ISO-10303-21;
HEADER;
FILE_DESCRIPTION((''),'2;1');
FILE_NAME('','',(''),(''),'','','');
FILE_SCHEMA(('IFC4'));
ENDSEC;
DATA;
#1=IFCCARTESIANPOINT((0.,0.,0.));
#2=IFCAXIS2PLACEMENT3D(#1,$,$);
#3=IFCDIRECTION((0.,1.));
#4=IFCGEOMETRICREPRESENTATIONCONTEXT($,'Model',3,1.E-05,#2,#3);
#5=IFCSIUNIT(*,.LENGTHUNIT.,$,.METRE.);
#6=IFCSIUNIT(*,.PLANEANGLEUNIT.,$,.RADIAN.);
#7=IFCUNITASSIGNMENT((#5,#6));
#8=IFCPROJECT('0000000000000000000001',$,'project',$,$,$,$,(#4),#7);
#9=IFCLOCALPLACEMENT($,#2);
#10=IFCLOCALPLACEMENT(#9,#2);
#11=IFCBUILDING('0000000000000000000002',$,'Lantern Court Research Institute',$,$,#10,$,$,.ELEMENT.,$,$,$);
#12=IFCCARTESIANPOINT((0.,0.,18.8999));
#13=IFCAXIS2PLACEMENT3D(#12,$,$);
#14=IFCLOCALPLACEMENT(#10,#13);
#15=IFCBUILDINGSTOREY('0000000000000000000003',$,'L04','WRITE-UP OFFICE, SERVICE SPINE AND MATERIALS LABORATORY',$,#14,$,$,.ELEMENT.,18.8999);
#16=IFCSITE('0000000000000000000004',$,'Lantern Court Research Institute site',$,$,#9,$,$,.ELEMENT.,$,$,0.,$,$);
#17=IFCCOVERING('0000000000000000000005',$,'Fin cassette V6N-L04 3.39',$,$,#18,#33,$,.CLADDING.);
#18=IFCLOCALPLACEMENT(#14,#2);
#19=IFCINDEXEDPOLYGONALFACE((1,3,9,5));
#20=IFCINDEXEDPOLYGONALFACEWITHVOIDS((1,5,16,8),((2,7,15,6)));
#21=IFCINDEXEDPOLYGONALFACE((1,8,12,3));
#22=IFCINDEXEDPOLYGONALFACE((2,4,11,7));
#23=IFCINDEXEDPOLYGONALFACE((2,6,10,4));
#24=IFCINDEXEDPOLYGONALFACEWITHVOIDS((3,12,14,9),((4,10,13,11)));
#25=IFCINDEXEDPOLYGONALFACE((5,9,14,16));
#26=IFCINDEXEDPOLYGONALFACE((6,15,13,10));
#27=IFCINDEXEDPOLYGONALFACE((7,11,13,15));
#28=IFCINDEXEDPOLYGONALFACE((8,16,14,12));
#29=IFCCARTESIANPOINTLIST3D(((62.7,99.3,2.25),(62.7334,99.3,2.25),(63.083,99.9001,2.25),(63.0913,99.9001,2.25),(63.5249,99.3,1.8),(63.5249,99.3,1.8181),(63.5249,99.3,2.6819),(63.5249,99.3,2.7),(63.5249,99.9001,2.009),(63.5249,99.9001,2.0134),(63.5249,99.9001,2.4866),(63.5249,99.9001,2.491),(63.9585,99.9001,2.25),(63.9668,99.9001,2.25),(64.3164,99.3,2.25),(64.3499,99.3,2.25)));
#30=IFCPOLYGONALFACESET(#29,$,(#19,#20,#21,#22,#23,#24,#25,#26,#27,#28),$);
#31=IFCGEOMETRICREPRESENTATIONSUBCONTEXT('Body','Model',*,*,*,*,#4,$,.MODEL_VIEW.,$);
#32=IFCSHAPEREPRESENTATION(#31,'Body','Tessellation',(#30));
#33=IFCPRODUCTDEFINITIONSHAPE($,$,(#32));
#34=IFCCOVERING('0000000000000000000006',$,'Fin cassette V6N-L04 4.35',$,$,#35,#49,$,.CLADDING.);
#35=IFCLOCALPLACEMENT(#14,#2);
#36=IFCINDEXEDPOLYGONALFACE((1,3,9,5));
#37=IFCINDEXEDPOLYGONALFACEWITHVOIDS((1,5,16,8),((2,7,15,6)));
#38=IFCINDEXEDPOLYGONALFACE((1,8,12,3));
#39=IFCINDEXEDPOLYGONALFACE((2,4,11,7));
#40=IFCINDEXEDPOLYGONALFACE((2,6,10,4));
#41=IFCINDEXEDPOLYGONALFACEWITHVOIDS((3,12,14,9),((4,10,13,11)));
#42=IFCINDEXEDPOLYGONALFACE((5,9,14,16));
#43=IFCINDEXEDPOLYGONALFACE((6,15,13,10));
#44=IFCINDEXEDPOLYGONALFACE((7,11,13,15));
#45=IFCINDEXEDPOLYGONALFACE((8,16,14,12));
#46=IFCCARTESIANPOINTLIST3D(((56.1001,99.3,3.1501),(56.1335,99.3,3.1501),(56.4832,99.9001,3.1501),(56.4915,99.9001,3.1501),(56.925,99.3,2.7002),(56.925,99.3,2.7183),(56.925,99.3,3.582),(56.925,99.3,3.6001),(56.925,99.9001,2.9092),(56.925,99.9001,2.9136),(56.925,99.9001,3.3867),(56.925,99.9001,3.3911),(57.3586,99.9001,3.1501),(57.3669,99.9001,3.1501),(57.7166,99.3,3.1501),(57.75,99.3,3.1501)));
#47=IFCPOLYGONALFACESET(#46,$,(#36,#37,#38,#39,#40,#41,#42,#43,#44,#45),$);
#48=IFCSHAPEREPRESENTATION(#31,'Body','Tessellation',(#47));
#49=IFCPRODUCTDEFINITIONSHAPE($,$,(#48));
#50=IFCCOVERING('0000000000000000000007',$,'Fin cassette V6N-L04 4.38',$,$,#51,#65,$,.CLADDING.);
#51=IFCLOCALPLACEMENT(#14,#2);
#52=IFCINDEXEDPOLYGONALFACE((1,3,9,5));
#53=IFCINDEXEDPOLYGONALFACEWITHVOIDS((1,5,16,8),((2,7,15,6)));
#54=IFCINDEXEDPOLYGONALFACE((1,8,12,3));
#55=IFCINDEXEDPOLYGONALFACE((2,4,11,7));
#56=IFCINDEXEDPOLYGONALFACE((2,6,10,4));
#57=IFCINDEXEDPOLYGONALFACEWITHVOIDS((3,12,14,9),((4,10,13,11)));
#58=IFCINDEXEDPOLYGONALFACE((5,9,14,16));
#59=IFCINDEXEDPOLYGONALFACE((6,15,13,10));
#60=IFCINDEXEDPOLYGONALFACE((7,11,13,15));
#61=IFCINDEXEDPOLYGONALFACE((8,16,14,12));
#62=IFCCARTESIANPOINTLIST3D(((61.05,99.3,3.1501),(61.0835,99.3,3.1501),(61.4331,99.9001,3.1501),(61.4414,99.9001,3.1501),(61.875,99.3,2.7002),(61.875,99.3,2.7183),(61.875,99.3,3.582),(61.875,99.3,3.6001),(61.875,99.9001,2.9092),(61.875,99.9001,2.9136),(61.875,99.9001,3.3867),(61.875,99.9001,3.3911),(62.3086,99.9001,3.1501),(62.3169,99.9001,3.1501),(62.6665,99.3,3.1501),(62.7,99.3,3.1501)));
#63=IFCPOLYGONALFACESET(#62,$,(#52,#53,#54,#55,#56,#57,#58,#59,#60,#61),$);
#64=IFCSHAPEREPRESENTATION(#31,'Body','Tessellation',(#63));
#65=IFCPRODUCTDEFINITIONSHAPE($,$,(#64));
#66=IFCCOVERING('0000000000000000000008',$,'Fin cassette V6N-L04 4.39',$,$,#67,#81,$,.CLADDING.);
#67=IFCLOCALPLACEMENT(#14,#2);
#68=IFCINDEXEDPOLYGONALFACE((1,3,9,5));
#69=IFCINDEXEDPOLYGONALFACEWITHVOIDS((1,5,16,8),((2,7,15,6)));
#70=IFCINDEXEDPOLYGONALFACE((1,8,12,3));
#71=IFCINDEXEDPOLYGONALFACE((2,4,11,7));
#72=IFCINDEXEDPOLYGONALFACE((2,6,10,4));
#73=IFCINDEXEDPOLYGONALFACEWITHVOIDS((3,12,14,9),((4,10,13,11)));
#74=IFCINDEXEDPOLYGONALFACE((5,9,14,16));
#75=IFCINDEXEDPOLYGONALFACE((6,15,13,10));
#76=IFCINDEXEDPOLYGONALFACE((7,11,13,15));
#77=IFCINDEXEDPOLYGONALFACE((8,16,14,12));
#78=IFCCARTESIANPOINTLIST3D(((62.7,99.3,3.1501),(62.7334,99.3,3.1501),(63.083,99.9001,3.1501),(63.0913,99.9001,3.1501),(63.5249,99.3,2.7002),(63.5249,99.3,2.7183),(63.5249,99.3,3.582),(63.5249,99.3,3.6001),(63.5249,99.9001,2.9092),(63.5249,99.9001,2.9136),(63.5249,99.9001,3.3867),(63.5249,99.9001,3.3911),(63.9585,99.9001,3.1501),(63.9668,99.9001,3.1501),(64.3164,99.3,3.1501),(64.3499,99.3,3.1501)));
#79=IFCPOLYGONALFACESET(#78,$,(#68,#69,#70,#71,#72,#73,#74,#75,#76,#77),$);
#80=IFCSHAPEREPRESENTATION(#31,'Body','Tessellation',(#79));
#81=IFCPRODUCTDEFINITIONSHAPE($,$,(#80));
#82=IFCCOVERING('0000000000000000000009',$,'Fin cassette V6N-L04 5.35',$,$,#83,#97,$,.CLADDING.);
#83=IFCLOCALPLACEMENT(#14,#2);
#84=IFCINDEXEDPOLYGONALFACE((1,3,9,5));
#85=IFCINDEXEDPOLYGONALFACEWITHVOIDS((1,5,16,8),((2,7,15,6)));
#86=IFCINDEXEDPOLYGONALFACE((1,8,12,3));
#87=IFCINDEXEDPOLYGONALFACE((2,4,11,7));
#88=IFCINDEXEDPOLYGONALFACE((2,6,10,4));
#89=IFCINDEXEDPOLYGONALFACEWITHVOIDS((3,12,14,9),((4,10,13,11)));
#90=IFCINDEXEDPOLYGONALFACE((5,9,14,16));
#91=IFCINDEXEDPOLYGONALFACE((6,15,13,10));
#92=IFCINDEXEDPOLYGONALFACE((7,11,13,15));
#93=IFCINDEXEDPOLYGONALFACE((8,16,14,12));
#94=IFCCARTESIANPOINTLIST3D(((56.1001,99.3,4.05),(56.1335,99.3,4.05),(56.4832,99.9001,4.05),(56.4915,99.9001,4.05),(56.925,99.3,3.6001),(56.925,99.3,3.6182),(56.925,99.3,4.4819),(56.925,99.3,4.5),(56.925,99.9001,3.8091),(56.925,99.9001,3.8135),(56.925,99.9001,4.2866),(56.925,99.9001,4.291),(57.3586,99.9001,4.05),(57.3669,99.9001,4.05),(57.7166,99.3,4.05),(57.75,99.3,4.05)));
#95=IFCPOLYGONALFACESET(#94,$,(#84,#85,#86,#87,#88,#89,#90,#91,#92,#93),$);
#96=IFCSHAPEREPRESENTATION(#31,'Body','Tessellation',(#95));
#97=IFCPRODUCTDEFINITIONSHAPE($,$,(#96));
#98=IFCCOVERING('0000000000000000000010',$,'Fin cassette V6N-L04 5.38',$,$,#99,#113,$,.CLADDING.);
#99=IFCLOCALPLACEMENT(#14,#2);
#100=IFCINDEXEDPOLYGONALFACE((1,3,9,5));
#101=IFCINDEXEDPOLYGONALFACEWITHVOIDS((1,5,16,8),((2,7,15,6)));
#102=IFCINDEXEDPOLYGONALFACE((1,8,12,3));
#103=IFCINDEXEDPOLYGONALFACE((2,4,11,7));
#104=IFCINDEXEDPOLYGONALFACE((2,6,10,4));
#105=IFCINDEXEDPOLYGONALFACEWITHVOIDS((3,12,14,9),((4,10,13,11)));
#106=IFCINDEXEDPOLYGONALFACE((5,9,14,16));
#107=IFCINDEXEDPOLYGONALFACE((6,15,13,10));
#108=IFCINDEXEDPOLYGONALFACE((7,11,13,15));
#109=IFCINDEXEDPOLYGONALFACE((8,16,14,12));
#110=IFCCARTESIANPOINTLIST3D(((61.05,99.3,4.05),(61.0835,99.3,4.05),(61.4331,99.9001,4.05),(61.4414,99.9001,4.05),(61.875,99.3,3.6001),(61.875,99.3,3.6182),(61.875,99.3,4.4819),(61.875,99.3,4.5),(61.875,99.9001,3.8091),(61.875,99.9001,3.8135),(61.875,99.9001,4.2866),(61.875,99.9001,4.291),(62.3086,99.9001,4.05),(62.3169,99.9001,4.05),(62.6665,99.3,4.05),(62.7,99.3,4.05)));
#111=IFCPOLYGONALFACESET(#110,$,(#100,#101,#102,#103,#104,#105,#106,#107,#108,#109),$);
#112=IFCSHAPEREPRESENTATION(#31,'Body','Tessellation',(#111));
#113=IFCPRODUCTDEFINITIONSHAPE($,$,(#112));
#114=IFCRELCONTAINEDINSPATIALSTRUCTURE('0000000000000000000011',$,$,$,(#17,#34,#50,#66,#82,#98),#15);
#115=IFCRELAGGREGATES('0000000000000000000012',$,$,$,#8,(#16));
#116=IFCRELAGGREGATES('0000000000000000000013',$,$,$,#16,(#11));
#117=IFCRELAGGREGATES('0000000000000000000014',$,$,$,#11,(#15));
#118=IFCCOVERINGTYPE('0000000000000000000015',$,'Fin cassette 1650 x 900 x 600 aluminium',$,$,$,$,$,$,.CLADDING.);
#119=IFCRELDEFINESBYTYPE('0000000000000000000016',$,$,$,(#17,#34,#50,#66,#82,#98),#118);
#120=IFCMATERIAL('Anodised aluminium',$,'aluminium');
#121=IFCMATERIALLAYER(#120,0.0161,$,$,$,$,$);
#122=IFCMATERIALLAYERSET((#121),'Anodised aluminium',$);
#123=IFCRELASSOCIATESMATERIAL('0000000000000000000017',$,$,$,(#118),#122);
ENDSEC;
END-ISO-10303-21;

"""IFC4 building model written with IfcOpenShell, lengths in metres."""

from ifc_helpers import new_model, entity, si_unit, direction, frame, origin, place, context, subcontext, project, spatial, material, layer, layer_set, type_object, element, save


model = new_model("IFC4")

# Units and contexts
model_context = context("Model", 3, precision=1e-05, world=origin(), true_north=direction((0.0, 1.0)))
body_context = subcontext(model_context, "Body", "Model", "MODEL_VIEW")
ifc_project = project(units=[si_unit("LENGTHUNIT", "METRE"), si_unit("PLANEANGLEUNIT", "RADIAN")], contexts=[model_context])

# Site, building, storey
site_placement = place(None, origin())
site = spatial("IfcSite", under=ifc_project, at=site_placement, Name="Lantern Court Research Institute site", CompositionType="ELEMENT", RefElevation=0.0)
building_placement = place(site_placement, origin())
building = spatial("IfcBuilding", under=site, at=building_placement, Name="Lantern Court Research Institute", CompositionType="ELEMENT")
storey_placement = place(building_placement, frame((0.0, 0.0, 18.8999)))
storey = spatial("IfcBuildingStorey", under=building, at=storey_placement, Name="L04", Description="WRITE-UP OFFICE, SERVICE SPINE AND MATERIALS LABORATORY", CompositionType="ELEMENT", Elevation=18.8999)

# Coverings
ifc_material_1 = material(Name="Anodised aluminium", Category="aluminium")
ifc_layer_1 = layer(ifc_material_1, 0.0161)
ifc_layer_set_1 = layer_set([ifc_layer_1], Name="Anodised aluminium")
covering_type_1 = type_object("IfcCoveringType", Name="Fin cassette 1650 x 900 x 600 aluminium", PredefinedType="CLADDING", material=ifc_layer_set_1)
covering_1_placement = place(storey_placement, frame((63.5249, 99.3, 2.25), z_axis=(0.0, 1.0, 0.0), x_axis=(-1.0, 0.0, 0.0)))
cartesian_point_1 = entity("IfcCartesianPoint", [0.825, 0.0])
cartesian_point_2 = entity("IfcCartesianPoint", [0.7915, 0.0])
cartesian_point_3 = entity("IfcCartesianPoint", [0.4419, 0.0])
cartesian_point_4 = entity("IfcCartesianPoint", [0.4336, 0.0])
element("IfcCovering", 1, at=covering_1_placement, inside=storey, type_object=covering_type_1, Name="Fin cassette V6N-L04 3.39", PredefinedType="CLADDING", context=body_context, shape_type="SweptSolid", body=[
    entity("IfcExtrudedAreaSolidTapered", entity("IfcArbitraryProfileDefWithVoids", "AREA", None, entity("IfcPolyline", [cartesian_point_1, entity("IfcCartesianPoint", [0.0, 0.45]), entity("IfcCartesianPoint", [-0.825, 0.0]), entity("IfcCartesianPoint", [0.0, -0.45]), cartesian_point_1]), [entity("IfcPolyline", [cartesian_point_2, entity("IfcCartesianPoint", [0.0, 0.4319]), entity("IfcCartesianPoint", [-0.7915, 0.0]), entity("IfcCartesianPoint", [0.0, -0.4319]), cartesian_point_2])]), entity("IfcAxis2Placement3D", entity("IfcCartesianPoint", [0.0, 0.0, 0.0])), entity("IfcDirection", [0.0, 0.0, 1.0]), 0.6001, entity("IfcArbitraryProfileDefWithVoids", "AREA", None, entity("IfcPolyline", [cartesian_point_3, entity("IfcCartesianPoint", [0.0, 0.241]), entity("IfcCartesianPoint", [-0.4419, 0.0]), entity("IfcCartesianPoint", [0.0, -0.241]), cartesian_point_3]), [entity("IfcPolyline", [cartesian_point_4, entity("IfcCartesianPoint", [0.0, 0.2366]), entity("IfcCartesianPoint", [-0.4336, 0.0]), entity("IfcCartesianPoint", [0.0, -0.2366]), cartesian_point_4])])),
])
covering_2_placement = place(storey_placement, frame((56.925, 99.3, 3.1501), z_axis=(0.0, 1.0, 0.0), x_axis=(-1.0, 0.0, 0.0)))
cartesian_point_5 = entity("IfcCartesianPoint", [0.825, 0.0])
cartesian_point_6 = entity("IfcCartesianPoint", [0.7915, 0.0])
cartesian_point_7 = entity("IfcCartesianPoint", [0.4419, 0.0])
cartesian_point_8 = entity("IfcCartesianPoint", [0.4336, 0.0])
element("IfcCovering", 2, at=covering_2_placement, inside=storey, type_object=covering_type_1, Name="Fin cassette V6N-L04 4.35", PredefinedType="CLADDING", context=body_context, shape_type="SweptSolid", body=[
    entity("IfcExtrudedAreaSolidTapered", entity("IfcArbitraryProfileDefWithVoids", "AREA", None, entity("IfcPolyline", [cartesian_point_5, entity("IfcCartesianPoint", [0.0, 0.45]), entity("IfcCartesianPoint", [-0.825, 0.0]), entity("IfcCartesianPoint", [0.0, -0.45]), cartesian_point_5]), [entity("IfcPolyline", [cartesian_point_6, entity("IfcCartesianPoint", [0.0, 0.4319]), entity("IfcCartesianPoint", [-0.7915, 0.0]), entity("IfcCartesianPoint", [0.0, -0.4319]), cartesian_point_6])]), entity("IfcAxis2Placement3D", entity("IfcCartesianPoint", [0.0, 0.0, 0.0])), entity("IfcDirection", [0.0, 0.0, 1.0]), 0.6001, entity("IfcArbitraryProfileDefWithVoids", "AREA", None, entity("IfcPolyline", [cartesian_point_7, entity("IfcCartesianPoint", [0.0, 0.241]), entity("IfcCartesianPoint", [-0.4419, 0.0]), entity("IfcCartesianPoint", [0.0, -0.241]), cartesian_point_7]), [entity("IfcPolyline", [cartesian_point_8, entity("IfcCartesianPoint", [0.0, 0.2366]), entity("IfcCartesianPoint", [-0.4336, 0.0]), entity("IfcCartesianPoint", [0.0, -0.2366]), cartesian_point_8])])),
])
covering_3_placement = place(storey_placement, frame((61.875, 99.3, 3.1501), z_axis=(0.0, 1.0, 0.0), x_axis=(-1.0, 0.0, 0.0)))
cartesian_point_9 = entity("IfcCartesianPoint", [0.825, 0.0])
cartesian_point_10 = entity("IfcCartesianPoint", [0.7915, 0.0])
cartesian_point_11 = entity("IfcCartesianPoint", [0.4419, 0.0])
cartesian_point_12 = entity("IfcCartesianPoint", [0.4336, 0.0])
element("IfcCovering", 3, at=covering_3_placement, inside=storey, type_object=covering_type_1, Name="Fin cassette V6N-L04 4.38", PredefinedType="CLADDING", context=body_context, shape_type="SweptSolid", body=[
    entity("IfcExtrudedAreaSolidTapered", entity("IfcArbitraryProfileDefWithVoids", "AREA", None, entity("IfcPolyline", [cartesian_point_9, entity("IfcCartesianPoint", [0.0, 0.45]), entity("IfcCartesianPoint", [-0.825, 0.0]), entity("IfcCartesianPoint", [0.0, -0.45]), cartesian_point_9]), [entity("IfcPolyline", [cartesian_point_10, entity("IfcCartesianPoint", [0.0, 0.4319]), entity("IfcCartesianPoint", [-0.7915, 0.0]), entity("IfcCartesianPoint", [0.0, -0.4319]), cartesian_point_10])]), entity("IfcAxis2Placement3D", entity("IfcCartesianPoint", [0.0, 0.0, 0.0])), entity("IfcDirection", [0.0, 0.0, 1.0]), 0.6001, entity("IfcArbitraryProfileDefWithVoids", "AREA", None, entity("IfcPolyline", [cartesian_point_11, entity("IfcCartesianPoint", [0.0, 0.241]), entity("IfcCartesianPoint", [-0.4419, 0.0]), entity("IfcCartesianPoint", [0.0, -0.241]), cartesian_point_11]), [entity("IfcPolyline", [cartesian_point_12, entity("IfcCartesianPoint", [0.0, 0.2366]), entity("IfcCartesianPoint", [-0.4336, 0.0]), entity("IfcCartesianPoint", [0.0, -0.2366]), cartesian_point_12])])),
])
covering_4_placement = place(storey_placement, frame((63.5249, 99.3, 3.1501), z_axis=(0.0, 1.0, 0.0), x_axis=(-1.0, 0.0, 0.0)))
cartesian_point_13 = entity("IfcCartesianPoint", [0.825, 0.0])
cartesian_point_14 = entity("IfcCartesianPoint", [0.7915, 0.0])
cartesian_point_15 = entity("IfcCartesianPoint", [0.4419, 0.0])
cartesian_point_16 = entity("IfcCartesianPoint", [0.4336, 0.0])
element("IfcCovering", 4, at=covering_4_placement, inside=storey, type_object=covering_type_1, Name="Fin cassette V6N-L04 4.39", PredefinedType="CLADDING", context=body_context, shape_type="SweptSolid", body=[
    entity("IfcExtrudedAreaSolidTapered", entity("IfcArbitraryProfileDefWithVoids", "AREA", None, entity("IfcPolyline", [cartesian_point_13, entity("IfcCartesianPoint", [0.0, 0.45]), entity("IfcCartesianPoint", [-0.825, 0.0]), entity("IfcCartesianPoint", [0.0, -0.45]), cartesian_point_13]), [entity("IfcPolyline", [cartesian_point_14, entity("IfcCartesianPoint", [0.0, 0.4319]), entity("IfcCartesianPoint", [-0.7915, 0.0]), entity("IfcCartesianPoint", [0.0, -0.4319]), cartesian_point_14])]), entity("IfcAxis2Placement3D", entity("IfcCartesianPoint", [0.0, 0.0, 0.0])), entity("IfcDirection", [0.0, 0.0, 1.0]), 0.6001, entity("IfcArbitraryProfileDefWithVoids", "AREA", None, entity("IfcPolyline", [cartesian_point_15, entity("IfcCartesianPoint", [0.0, 0.241]), entity("IfcCartesianPoint", [-0.4419, 0.0]), entity("IfcCartesianPoint", [0.0, -0.241]), cartesian_point_15]), [entity("IfcPolyline", [cartesian_point_16, entity("IfcCartesianPoint", [0.0, 0.2366]), entity("IfcCartesianPoint", [-0.4336, 0.0]), entity("IfcCartesianPoint", [0.0, -0.2366]), cartesian_point_16])])),
])
covering_5_placement = place(storey_placement, frame((56.925, 99.3, 4.05), z_axis=(0.0, 1.0, 0.0), x_axis=(-1.0, 0.0, 0.0)))
cartesian_point_17 = entity("IfcCartesianPoint", [0.825, 0.0])
cartesian_point_18 = entity("IfcCartesianPoint", [0.7915, 0.0])
cartesian_point_19 = entity("IfcCartesianPoint", [0.4419, 0.0])
cartesian_point_20 = entity("IfcCartesianPoint", [0.4336, 0.0])
element("IfcCovering", 5, at=covering_5_placement, inside=storey, type_object=covering_type_1, Name="Fin cassette V6N-L04 5.35", PredefinedType="CLADDING", context=body_context, shape_type="SweptSolid", body=[
    entity("IfcExtrudedAreaSolidTapered", entity("IfcArbitraryProfileDefWithVoids", "AREA", None, entity("IfcPolyline", [cartesian_point_17, entity("IfcCartesianPoint", [0.0, 0.45]), entity("IfcCartesianPoint", [-0.825, 0.0]), entity("IfcCartesianPoint", [0.0, -0.45]), cartesian_point_17]), [entity("IfcPolyline", [cartesian_point_18, entity("IfcCartesianPoint", [0.0, 0.4319]), entity("IfcCartesianPoint", [-0.7915, 0.0]), entity("IfcCartesianPoint", [0.0, -0.4319]), cartesian_point_18])]), entity("IfcAxis2Placement3D", entity("IfcCartesianPoint", [0.0, 0.0, 0.0])), entity("IfcDirection", [0.0, 0.0, 1.0]), 0.6001, entity("IfcArbitraryProfileDefWithVoids", "AREA", None, entity("IfcPolyline", [cartesian_point_19, entity("IfcCartesianPoint", [0.0, 0.241]), entity("IfcCartesianPoint", [-0.4419, 0.0]), entity("IfcCartesianPoint", [0.0, -0.241]), cartesian_point_19]), [entity("IfcPolyline", [cartesian_point_20, entity("IfcCartesianPoint", [0.0, 0.2366]), entity("IfcCartesianPoint", [-0.4336, 0.0]), entity("IfcCartesianPoint", [0.0, -0.2366]), cartesian_point_20])])),
])
covering_6_placement = place(storey_placement, frame((61.875, 99.3, 4.05), z_axis=(0.0, 1.0, 0.0), x_axis=(-1.0, 0.0, 0.0)))
cartesian_point_21 = entity("IfcCartesianPoint", [0.825, 0.0])
cartesian_point_22 = entity("IfcCartesianPoint", [0.7915, 0.0])
cartesian_point_23 = entity("IfcCartesianPoint", [0.4419, 0.0])
cartesian_point_24 = entity("IfcCartesianPoint", [0.4336, 0.0])
element("IfcCovering", 6, at=covering_6_placement, inside=storey, type_object=covering_type_1, Name="Fin cassette V6N-L04 5.38", PredefinedType="CLADDING", context=body_context, shape_type="SweptSolid", body=[
    entity("IfcExtrudedAreaSolidTapered", entity("IfcArbitraryProfileDefWithVoids", "AREA", None, entity("IfcPolyline", [cartesian_point_21, entity("IfcCartesianPoint", [0.0, 0.45]), entity("IfcCartesianPoint", [-0.825, 0.0]), entity("IfcCartesianPoint", [0.0, -0.45]), cartesian_point_21]), [entity("IfcPolyline", [cartesian_point_22, entity("IfcCartesianPoint", [0.0, 0.4319]), entity("IfcCartesianPoint", [-0.7915, 0.0]), entity("IfcCartesianPoint", [0.0, -0.4319]), cartesian_point_22])]), entity("IfcAxis2Placement3D", entity("IfcCartesianPoint", [0.0, 0.0, 0.0])), entity("IfcDirection", [0.0, 0.0, 1.0]), 0.6001, entity("IfcArbitraryProfileDefWithVoids", "AREA", None, entity("IfcPolyline", [cartesian_point_23, entity("IfcCartesianPoint", [0.0, 0.241]), entity("IfcCartesianPoint", [-0.4419, 0.0]), entity("IfcCartesianPoint", [0.0, -0.241]), cartesian_point_23]), [entity("IfcPolyline", [cartesian_point_24, entity("IfcCartesianPoint", [0.0, 0.2366]), entity("IfcCartesianPoint", [-0.4336, 0.0]), entity("IfcCartesianPoint", [0.0, -0.2366]), cartesian_point_24])])),
])

save(model, "model.ifc")
